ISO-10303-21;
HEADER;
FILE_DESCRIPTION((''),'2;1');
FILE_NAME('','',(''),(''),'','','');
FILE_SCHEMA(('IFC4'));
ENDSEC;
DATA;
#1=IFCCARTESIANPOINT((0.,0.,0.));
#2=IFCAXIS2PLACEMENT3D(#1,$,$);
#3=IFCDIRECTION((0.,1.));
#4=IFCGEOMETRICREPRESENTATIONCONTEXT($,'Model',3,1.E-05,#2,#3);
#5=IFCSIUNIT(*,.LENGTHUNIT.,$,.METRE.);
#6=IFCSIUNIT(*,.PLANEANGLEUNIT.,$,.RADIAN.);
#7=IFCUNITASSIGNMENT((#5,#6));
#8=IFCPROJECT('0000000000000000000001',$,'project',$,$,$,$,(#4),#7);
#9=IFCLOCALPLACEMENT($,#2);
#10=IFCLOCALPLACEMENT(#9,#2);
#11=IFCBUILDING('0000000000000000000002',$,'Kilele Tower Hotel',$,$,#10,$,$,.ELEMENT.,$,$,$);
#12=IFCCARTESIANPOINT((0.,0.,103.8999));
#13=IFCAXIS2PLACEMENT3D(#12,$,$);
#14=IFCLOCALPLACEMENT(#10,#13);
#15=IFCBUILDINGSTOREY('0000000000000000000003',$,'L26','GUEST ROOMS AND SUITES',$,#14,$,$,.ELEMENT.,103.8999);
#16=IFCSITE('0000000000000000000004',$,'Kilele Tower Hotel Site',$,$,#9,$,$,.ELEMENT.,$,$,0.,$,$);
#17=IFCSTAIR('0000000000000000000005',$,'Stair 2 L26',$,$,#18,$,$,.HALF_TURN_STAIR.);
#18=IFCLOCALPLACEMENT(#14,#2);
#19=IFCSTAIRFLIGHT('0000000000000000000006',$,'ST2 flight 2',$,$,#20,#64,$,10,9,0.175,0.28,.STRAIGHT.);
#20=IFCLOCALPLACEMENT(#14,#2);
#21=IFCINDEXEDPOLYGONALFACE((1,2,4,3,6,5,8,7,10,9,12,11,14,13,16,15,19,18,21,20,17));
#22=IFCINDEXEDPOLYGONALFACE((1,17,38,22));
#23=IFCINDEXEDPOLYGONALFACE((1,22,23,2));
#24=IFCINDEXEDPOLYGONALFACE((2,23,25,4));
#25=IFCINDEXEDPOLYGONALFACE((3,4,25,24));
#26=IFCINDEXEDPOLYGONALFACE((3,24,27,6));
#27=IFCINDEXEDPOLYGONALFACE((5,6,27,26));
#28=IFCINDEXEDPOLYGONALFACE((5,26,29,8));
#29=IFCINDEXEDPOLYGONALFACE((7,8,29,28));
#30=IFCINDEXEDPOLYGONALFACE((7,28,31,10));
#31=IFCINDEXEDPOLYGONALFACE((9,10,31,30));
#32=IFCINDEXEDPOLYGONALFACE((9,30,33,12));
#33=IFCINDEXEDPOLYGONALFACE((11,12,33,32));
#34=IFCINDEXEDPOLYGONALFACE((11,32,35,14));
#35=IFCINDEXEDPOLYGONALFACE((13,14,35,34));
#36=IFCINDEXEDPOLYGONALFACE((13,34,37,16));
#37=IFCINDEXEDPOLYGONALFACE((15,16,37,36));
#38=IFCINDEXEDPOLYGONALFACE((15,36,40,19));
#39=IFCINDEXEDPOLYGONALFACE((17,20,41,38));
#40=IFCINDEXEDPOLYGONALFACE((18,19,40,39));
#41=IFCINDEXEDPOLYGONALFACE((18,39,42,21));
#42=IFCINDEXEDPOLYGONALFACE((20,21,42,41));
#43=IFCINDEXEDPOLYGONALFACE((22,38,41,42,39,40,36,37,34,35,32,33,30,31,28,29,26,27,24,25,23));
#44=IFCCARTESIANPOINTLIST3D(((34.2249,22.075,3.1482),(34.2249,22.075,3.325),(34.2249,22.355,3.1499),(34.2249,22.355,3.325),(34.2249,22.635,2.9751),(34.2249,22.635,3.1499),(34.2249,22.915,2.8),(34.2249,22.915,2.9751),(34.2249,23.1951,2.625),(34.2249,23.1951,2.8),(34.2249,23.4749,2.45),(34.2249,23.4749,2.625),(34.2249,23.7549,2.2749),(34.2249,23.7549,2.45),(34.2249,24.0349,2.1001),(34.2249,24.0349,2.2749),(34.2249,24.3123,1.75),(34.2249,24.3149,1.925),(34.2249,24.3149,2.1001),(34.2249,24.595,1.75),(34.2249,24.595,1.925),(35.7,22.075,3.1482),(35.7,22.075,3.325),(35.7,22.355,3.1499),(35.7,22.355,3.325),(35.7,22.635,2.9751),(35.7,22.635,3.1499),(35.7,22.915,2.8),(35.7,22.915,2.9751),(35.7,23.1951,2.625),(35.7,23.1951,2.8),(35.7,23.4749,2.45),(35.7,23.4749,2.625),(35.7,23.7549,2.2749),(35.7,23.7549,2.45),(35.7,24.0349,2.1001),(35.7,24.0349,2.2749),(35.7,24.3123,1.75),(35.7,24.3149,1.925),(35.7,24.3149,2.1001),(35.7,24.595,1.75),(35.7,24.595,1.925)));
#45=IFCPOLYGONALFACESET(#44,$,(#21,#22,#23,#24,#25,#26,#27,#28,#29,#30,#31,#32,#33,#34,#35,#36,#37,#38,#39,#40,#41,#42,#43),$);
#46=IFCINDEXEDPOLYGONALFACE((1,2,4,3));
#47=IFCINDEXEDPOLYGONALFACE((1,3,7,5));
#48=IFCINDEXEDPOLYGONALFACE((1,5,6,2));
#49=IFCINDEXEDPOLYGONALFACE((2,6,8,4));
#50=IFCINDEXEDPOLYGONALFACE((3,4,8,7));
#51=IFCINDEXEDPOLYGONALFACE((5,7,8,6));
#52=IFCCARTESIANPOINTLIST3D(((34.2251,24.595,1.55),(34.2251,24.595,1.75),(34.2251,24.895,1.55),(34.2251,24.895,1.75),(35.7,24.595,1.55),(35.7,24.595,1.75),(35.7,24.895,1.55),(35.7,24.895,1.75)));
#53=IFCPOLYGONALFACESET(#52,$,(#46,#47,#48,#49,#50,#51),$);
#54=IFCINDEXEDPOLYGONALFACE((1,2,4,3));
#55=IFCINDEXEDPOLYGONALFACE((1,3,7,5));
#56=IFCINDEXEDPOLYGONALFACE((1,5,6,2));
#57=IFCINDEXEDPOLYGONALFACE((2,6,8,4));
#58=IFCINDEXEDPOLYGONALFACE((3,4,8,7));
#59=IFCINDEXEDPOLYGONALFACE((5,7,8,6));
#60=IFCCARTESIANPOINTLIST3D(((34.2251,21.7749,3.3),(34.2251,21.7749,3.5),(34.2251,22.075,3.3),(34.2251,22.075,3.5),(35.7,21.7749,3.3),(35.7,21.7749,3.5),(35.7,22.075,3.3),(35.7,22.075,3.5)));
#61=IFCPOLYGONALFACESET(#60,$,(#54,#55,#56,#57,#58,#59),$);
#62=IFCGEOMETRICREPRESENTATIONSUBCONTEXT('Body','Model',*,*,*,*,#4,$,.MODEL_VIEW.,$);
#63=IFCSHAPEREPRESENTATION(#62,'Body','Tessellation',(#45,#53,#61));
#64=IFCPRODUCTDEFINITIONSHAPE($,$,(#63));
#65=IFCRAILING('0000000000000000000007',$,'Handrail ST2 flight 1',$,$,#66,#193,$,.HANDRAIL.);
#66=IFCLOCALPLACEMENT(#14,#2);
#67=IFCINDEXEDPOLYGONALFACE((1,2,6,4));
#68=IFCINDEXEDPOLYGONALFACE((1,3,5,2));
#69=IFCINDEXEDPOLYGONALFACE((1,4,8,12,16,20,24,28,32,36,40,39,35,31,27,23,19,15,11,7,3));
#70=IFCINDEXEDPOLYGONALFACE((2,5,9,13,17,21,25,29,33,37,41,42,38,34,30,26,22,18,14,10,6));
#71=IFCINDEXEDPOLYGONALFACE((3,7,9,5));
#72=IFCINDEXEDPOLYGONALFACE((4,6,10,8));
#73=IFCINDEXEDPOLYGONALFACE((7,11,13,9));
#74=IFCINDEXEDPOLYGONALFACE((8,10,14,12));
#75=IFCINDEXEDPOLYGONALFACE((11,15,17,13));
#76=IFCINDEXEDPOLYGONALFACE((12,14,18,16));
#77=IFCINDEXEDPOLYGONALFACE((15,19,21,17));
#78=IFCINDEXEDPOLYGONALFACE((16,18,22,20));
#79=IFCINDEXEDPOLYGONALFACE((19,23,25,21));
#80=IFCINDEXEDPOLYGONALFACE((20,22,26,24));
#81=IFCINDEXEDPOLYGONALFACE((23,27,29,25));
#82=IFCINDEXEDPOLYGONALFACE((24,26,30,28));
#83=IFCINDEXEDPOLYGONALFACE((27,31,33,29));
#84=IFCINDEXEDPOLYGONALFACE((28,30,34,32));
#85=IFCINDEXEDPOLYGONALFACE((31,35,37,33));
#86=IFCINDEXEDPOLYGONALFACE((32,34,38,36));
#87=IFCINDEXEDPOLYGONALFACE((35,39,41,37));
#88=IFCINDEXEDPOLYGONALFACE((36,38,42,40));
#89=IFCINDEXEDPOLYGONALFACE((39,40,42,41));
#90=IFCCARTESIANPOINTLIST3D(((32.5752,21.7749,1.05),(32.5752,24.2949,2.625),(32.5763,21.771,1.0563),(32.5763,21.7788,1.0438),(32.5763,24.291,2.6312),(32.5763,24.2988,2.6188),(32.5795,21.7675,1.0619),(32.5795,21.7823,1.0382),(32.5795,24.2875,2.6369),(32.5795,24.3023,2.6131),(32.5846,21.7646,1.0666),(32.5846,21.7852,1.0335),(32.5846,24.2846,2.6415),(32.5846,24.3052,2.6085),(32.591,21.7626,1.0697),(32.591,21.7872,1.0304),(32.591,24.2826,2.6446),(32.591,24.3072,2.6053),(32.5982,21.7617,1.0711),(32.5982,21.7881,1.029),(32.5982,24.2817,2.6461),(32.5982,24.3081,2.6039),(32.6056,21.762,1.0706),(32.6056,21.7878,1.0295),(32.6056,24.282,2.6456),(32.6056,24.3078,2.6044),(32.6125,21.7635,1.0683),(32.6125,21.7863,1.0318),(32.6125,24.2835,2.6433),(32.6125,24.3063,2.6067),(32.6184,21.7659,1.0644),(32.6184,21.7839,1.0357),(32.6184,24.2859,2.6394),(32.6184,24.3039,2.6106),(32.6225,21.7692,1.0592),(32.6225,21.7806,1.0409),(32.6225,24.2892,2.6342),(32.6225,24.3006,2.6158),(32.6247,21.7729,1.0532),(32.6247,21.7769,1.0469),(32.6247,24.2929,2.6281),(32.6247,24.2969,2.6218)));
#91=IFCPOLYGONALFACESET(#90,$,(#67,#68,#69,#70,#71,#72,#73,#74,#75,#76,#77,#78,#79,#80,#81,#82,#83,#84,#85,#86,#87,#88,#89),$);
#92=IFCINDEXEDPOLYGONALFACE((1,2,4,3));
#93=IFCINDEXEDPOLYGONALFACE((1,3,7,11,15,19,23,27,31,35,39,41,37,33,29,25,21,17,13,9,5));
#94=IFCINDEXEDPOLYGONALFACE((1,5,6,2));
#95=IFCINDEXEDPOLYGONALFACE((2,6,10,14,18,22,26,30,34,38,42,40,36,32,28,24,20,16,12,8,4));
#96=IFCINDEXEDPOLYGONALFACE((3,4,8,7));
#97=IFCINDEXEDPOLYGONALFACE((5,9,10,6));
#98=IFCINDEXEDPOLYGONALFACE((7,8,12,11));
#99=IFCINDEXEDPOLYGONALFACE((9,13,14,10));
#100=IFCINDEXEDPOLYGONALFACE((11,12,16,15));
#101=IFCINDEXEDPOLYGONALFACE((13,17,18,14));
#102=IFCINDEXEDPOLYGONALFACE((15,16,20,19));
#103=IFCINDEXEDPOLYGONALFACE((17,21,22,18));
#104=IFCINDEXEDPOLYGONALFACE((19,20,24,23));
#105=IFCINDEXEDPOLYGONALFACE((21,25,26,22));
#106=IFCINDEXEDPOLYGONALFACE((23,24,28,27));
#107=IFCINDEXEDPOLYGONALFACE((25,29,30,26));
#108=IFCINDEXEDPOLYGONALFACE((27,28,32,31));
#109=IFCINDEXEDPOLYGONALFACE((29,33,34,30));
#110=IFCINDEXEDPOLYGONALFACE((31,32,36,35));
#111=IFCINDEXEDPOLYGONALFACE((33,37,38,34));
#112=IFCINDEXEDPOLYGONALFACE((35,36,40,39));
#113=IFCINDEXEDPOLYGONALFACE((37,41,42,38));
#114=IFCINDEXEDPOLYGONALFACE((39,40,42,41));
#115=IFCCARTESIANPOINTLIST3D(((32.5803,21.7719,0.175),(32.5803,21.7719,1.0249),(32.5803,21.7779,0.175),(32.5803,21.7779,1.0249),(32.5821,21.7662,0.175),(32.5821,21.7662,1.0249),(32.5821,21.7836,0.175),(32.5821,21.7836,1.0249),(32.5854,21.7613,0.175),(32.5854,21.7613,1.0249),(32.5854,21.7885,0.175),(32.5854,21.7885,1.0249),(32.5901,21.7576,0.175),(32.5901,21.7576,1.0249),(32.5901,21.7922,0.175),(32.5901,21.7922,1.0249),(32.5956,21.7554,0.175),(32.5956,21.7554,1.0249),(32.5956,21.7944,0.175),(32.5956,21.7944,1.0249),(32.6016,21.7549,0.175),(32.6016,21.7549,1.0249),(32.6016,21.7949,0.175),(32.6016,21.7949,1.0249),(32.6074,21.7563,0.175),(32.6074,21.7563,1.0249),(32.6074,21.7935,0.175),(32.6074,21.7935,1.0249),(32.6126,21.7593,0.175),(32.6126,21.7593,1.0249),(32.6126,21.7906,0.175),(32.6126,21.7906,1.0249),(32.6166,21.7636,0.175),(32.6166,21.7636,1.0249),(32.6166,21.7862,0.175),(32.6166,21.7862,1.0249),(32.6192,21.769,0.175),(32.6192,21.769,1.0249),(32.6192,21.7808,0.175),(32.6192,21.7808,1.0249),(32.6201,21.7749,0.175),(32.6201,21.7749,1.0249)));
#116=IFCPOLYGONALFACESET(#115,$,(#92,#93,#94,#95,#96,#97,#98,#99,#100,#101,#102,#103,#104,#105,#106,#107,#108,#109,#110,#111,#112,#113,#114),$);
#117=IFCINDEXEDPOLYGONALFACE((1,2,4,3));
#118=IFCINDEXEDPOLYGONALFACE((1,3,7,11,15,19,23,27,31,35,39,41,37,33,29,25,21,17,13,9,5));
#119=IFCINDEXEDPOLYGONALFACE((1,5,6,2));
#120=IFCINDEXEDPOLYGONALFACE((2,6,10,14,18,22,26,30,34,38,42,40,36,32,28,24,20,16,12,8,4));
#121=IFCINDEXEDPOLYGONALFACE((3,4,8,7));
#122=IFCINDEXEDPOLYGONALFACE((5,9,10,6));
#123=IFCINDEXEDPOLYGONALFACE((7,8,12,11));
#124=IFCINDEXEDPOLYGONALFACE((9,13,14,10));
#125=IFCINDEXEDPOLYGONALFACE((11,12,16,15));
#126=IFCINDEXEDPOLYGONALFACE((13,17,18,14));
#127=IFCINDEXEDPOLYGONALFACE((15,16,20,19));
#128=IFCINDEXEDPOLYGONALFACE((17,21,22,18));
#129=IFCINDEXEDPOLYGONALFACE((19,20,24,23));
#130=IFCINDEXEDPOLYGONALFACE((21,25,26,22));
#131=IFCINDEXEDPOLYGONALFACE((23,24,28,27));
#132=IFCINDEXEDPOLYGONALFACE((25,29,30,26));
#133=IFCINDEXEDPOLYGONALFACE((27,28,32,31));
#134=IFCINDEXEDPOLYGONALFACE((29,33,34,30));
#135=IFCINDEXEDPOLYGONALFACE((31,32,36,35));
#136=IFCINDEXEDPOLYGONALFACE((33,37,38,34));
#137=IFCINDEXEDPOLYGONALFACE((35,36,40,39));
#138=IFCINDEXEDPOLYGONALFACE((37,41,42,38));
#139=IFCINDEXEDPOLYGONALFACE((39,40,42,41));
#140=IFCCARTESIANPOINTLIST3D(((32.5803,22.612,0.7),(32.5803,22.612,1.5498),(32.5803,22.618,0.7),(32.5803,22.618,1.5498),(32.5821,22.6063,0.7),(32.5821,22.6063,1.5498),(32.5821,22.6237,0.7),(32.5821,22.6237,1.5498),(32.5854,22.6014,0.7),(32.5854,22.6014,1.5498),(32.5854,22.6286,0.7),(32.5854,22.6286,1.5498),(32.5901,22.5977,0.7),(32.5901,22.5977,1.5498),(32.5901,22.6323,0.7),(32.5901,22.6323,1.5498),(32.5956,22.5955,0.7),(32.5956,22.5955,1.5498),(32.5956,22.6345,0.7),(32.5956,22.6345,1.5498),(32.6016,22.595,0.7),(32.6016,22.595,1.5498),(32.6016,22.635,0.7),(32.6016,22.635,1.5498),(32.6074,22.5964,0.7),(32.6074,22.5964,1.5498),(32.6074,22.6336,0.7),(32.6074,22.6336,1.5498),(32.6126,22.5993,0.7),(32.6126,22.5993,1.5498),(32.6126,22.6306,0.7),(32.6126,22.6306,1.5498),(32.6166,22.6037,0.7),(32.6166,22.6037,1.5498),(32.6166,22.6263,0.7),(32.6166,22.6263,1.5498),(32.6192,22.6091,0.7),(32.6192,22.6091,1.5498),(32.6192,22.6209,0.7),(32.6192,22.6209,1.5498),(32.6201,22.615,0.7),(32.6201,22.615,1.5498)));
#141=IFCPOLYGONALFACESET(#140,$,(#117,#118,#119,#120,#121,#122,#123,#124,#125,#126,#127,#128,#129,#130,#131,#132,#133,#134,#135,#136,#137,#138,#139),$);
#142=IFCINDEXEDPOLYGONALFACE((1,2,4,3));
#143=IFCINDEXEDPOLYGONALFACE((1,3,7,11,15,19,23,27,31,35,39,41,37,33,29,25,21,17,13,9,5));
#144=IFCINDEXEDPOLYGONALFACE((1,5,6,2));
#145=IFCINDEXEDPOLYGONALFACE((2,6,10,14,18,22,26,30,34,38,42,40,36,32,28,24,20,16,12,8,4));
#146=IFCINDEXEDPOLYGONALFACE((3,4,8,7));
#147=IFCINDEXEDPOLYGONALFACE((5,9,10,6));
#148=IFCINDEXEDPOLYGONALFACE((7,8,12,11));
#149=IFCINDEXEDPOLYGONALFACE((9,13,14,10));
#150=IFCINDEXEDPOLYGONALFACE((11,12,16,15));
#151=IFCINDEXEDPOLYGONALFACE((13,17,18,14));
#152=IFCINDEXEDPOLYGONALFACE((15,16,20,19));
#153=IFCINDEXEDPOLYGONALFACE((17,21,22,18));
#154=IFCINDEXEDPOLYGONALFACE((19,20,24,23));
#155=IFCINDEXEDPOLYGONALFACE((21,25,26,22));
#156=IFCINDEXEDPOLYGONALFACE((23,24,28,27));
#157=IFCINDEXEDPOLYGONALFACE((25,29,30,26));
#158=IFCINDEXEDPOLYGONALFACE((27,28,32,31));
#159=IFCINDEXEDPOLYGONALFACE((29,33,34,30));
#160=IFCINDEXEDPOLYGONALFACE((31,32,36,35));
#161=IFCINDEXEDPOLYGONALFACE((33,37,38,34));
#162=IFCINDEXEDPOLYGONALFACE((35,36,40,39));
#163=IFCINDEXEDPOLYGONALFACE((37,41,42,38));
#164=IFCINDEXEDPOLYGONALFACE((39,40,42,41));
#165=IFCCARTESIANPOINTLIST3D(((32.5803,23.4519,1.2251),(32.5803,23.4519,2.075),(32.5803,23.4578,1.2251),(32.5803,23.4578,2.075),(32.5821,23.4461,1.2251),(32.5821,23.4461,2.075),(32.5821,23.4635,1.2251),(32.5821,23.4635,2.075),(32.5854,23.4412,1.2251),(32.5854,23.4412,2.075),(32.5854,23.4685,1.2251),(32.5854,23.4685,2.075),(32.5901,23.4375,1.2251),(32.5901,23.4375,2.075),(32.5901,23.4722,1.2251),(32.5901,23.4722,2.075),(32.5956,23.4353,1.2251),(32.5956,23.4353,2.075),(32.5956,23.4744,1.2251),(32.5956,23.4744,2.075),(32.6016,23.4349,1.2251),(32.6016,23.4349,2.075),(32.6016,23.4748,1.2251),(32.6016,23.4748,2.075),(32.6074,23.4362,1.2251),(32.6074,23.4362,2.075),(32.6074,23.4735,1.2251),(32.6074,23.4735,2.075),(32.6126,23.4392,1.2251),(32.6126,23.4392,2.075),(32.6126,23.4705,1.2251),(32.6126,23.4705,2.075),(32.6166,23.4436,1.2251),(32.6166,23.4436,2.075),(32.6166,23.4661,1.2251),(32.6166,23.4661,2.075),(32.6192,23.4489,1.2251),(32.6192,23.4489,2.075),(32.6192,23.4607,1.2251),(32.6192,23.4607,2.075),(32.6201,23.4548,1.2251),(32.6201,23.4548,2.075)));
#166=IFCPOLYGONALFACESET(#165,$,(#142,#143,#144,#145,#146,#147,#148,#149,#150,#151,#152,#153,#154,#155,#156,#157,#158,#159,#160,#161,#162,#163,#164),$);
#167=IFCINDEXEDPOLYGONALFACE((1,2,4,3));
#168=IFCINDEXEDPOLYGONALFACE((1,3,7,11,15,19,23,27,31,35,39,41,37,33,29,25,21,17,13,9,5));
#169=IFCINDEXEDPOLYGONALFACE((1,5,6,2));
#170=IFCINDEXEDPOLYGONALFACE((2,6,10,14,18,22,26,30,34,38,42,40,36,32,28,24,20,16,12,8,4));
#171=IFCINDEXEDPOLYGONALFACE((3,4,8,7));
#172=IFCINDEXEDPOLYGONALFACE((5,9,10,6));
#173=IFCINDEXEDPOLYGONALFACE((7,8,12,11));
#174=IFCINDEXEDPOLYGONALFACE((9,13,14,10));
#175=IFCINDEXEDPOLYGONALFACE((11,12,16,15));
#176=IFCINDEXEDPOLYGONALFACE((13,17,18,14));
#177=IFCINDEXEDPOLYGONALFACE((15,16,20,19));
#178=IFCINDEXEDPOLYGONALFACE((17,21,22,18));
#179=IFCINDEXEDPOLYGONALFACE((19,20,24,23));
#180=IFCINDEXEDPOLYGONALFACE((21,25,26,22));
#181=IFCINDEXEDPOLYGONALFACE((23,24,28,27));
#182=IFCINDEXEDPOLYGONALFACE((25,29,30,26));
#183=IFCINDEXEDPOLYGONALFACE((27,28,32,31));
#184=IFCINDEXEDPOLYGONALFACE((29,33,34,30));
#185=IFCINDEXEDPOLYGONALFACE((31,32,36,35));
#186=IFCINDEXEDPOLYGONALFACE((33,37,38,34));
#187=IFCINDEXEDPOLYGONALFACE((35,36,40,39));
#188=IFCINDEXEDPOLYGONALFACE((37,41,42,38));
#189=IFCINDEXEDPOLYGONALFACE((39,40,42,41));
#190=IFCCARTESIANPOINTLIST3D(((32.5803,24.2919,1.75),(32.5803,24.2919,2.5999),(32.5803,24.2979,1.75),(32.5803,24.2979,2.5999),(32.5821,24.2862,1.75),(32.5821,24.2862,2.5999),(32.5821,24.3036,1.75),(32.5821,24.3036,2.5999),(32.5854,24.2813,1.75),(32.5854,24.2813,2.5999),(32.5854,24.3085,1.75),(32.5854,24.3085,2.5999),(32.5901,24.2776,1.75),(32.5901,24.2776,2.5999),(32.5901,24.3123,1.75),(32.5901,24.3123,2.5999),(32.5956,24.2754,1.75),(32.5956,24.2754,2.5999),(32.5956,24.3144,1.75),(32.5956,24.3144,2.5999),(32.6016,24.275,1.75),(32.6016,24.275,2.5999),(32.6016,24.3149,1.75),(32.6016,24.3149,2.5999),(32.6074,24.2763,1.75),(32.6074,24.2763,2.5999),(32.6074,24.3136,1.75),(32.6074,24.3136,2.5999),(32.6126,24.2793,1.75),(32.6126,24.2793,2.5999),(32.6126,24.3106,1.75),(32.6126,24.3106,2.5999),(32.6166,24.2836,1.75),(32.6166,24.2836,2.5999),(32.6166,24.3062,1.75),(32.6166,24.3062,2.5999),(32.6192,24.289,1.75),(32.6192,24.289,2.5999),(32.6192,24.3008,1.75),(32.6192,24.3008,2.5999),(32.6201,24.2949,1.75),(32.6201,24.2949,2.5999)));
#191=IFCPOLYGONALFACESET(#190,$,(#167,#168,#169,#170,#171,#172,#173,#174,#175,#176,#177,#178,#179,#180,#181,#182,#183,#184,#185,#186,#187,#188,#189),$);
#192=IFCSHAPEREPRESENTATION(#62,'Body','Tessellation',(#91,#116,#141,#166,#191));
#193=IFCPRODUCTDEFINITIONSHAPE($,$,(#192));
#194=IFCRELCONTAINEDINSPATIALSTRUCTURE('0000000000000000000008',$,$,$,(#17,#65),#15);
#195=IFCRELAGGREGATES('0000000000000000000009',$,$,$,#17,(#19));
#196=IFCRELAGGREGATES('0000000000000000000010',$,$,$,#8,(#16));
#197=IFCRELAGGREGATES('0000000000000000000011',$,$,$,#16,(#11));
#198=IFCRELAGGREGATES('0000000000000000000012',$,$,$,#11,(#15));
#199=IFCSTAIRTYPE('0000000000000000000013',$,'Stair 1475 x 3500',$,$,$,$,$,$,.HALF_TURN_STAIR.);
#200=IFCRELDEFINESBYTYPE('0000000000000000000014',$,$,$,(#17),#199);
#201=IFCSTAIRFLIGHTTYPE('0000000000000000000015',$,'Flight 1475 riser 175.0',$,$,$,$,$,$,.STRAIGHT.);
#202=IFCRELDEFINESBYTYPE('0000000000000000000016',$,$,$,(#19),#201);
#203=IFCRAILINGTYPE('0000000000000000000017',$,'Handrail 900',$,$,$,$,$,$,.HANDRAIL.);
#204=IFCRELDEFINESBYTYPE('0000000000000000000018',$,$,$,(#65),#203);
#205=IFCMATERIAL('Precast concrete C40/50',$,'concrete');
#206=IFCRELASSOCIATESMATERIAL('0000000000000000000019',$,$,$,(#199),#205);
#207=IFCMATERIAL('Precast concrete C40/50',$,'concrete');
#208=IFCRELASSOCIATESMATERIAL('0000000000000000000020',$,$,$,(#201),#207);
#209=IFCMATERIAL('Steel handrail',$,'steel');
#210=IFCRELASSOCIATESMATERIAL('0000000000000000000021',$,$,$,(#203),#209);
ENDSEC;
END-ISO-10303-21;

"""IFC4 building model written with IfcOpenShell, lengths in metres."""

from ifc_helpers import new_model, si_unit, direction, frame, origin, origin_2d, place, context, subcontext, project, spatial, polyline, circle, outline, extrude, material, type_object, element, aggregate, save


model = new_model("IFC4")

# Units and contexts
model_context = context("Model", 3, precision=1e-05, world=origin(), true_north=direction((0.0, 1.0)))
body_context = subcontext(model_context, "Body", "Model", "MODEL_VIEW")
ifc_project = project(units=[si_unit("LENGTHUNIT", "METRE"), si_unit("PLANEANGLEUNIT", "RADIAN")], contexts=[model_context])

# Site, building, storey
site_placement = place(None, origin())
site = spatial("IfcSite", under=ifc_project, at=site_placement, Name="Kilele Tower Hotel Site", CompositionType="ELEMENT", RefElevation=0.0)
building_placement = place(site_placement, origin())
building = spatial("IfcBuilding", under=site, at=building_placement, Name="Kilele Tower Hotel", CompositionType="ELEMENT")
storey_placement = place(building_placement, frame((0.0, 0.0, 103.8999)))
storey = spatial("IfcBuildingStorey", under=building, at=storey_placement, Name="L26", Description="GUEST ROOMS AND SUITES", CompositionType="ELEMENT", Elevation=103.8999)

# Stair, stair flight
ifc_material_1 = material(Name="Precast concrete C40/50", Category="concrete")
stair_type = type_object("IfcStairType", Name="Stair 1475 x 3500", PredefinedType="HALF_TURN_STAIR", material=ifc_material_1)
stair_placement = place(storey_placement, origin())
stair = element("IfcStair", 1, at=stair_placement, inside=storey, type_object=stair_type, Name="Stair 2 L26", PredefinedType="HALF_TURN_STAIR")
ifc_material_2 = material(Name="Precast concrete C40/50", Category="concrete")
stair_flight_type = type_object("IfcStairFlightType", Name="Flight 1475 riser 175.0", PredefinedType="STRAIGHT", material=ifc_material_2)
stair_flight_1_placement = place(storey_placement, frame((34.9624, 24.595, 1.75), z_axis=(0.0, 0.0, 1.0), x_axis=(0.0, -1.0, 0.0)))
stair_flight_1 = element("IfcStairFlight", 2, at=stair_flight_1_placement, type_object=stair_flight_type, Name="ST2 flight 2", NumberOfRisers=10, NumberOfTreads=9, PredefinedType="STRAIGHT", RiserHeight=0.175, TreadLength=0.28, context=body_context, shape_type="SweptSolid", body=[
    extrude(outline(polyline([(0.0, 0.0), (0.0, 0.175), (0.28, 0.175), (0.28, 0.3501), (0.5601, 0.3501), (0.5601, 0.5249), (0.8401, 0.5249), (0.8401, 0.7), (1.1201, 0.7), (1.1201, 0.875), (1.3999, 0.875), (1.3999, 1.05), (1.6799, 1.05), (1.6799, 1.2251), (1.96, 1.2251), (1.96, 1.3999), (2.24, 1.3999), (2.24, 1.575), (2.52, 1.575), (2.52, 1.75), (2.52, 1.3982), (0.2827, 0.0), (0.0, 0.0)])), frame((0.0, 0.7375, 0.0), z_axis=(0.0, -1.0, 0.0), x_axis=(1.0, 0.0, 0.0)), (0.0, 0.0, 1.0), 1.4751),
    extrude(outline(polyline([(0.0, -0.7373), (0.0, 0.7375), (-0.3, 0.7375), (-0.3, -0.7373), (0.0, -0.7373)])), frame((0.0, 0.0, -0.2)), (0.0, 0.0, 1.0), 0.2),
    extrude(outline(polyline([(2.8201, -0.7373), (2.8201, 0.7375), (2.52, 0.7375), (2.52, -0.7373), (2.8201, -0.7373)])), frame((0.0, 0.0, 1.55)), (0.0, 0.0, 1.0), 0.2),
])
aggregate(stair, [stair_flight_1])

# Railing
ifc_material_3 = material(Name="Steel handrail", Category="steel")
railing_type_1 = type_object("IfcRailingType", Name="Handrail 900", PredefinedType="HANDRAIL", material=ifc_material_3)
for number, where, name in (
    (3, (32.6001, 21.7749, 0.175), "Handrail ST2 flight 1"),
):
    element("IfcRailing", number, at=place(storey_placement, frame(where)), inside=storey, type_object=railing_type_1, Name=name, PredefinedType="HANDRAIL", context=body_context, shape_type="SweptSolid", body=[
        extrude(circle(Radius=0.0249, at=origin_2d()), frame((0.0, 0.0, 0.875), z_axis=(0.0, 0.848008, 0.529984), x_axis=(-1.0, 0.0, 0.0)), (0.0, 0.0, 1.0), 2.9717),
        extrude(circle(Radius=0.02, at=origin_2d()), origin(), (0.0, 0.0, 1.0), 0.8499),
        extrude(circle(Radius=0.02, at=origin_2d()), frame((0.0, 0.8401, 0.5249)), (0.0, 0.0, 1.0), 0.8499),
        extrude(circle(Radius=0.02, at=origin_2d()), frame((0.0, 1.6799, 1.05)), (0.0, 0.0, 1.0), 0.8499),
        extrude(circle(Radius=0.02, at=origin_2d()), frame((0.0, 2.52, 1.575)), (0.0, 0.0, 1.0), 0.8499),
    ])

save(model, "model.ifc")
